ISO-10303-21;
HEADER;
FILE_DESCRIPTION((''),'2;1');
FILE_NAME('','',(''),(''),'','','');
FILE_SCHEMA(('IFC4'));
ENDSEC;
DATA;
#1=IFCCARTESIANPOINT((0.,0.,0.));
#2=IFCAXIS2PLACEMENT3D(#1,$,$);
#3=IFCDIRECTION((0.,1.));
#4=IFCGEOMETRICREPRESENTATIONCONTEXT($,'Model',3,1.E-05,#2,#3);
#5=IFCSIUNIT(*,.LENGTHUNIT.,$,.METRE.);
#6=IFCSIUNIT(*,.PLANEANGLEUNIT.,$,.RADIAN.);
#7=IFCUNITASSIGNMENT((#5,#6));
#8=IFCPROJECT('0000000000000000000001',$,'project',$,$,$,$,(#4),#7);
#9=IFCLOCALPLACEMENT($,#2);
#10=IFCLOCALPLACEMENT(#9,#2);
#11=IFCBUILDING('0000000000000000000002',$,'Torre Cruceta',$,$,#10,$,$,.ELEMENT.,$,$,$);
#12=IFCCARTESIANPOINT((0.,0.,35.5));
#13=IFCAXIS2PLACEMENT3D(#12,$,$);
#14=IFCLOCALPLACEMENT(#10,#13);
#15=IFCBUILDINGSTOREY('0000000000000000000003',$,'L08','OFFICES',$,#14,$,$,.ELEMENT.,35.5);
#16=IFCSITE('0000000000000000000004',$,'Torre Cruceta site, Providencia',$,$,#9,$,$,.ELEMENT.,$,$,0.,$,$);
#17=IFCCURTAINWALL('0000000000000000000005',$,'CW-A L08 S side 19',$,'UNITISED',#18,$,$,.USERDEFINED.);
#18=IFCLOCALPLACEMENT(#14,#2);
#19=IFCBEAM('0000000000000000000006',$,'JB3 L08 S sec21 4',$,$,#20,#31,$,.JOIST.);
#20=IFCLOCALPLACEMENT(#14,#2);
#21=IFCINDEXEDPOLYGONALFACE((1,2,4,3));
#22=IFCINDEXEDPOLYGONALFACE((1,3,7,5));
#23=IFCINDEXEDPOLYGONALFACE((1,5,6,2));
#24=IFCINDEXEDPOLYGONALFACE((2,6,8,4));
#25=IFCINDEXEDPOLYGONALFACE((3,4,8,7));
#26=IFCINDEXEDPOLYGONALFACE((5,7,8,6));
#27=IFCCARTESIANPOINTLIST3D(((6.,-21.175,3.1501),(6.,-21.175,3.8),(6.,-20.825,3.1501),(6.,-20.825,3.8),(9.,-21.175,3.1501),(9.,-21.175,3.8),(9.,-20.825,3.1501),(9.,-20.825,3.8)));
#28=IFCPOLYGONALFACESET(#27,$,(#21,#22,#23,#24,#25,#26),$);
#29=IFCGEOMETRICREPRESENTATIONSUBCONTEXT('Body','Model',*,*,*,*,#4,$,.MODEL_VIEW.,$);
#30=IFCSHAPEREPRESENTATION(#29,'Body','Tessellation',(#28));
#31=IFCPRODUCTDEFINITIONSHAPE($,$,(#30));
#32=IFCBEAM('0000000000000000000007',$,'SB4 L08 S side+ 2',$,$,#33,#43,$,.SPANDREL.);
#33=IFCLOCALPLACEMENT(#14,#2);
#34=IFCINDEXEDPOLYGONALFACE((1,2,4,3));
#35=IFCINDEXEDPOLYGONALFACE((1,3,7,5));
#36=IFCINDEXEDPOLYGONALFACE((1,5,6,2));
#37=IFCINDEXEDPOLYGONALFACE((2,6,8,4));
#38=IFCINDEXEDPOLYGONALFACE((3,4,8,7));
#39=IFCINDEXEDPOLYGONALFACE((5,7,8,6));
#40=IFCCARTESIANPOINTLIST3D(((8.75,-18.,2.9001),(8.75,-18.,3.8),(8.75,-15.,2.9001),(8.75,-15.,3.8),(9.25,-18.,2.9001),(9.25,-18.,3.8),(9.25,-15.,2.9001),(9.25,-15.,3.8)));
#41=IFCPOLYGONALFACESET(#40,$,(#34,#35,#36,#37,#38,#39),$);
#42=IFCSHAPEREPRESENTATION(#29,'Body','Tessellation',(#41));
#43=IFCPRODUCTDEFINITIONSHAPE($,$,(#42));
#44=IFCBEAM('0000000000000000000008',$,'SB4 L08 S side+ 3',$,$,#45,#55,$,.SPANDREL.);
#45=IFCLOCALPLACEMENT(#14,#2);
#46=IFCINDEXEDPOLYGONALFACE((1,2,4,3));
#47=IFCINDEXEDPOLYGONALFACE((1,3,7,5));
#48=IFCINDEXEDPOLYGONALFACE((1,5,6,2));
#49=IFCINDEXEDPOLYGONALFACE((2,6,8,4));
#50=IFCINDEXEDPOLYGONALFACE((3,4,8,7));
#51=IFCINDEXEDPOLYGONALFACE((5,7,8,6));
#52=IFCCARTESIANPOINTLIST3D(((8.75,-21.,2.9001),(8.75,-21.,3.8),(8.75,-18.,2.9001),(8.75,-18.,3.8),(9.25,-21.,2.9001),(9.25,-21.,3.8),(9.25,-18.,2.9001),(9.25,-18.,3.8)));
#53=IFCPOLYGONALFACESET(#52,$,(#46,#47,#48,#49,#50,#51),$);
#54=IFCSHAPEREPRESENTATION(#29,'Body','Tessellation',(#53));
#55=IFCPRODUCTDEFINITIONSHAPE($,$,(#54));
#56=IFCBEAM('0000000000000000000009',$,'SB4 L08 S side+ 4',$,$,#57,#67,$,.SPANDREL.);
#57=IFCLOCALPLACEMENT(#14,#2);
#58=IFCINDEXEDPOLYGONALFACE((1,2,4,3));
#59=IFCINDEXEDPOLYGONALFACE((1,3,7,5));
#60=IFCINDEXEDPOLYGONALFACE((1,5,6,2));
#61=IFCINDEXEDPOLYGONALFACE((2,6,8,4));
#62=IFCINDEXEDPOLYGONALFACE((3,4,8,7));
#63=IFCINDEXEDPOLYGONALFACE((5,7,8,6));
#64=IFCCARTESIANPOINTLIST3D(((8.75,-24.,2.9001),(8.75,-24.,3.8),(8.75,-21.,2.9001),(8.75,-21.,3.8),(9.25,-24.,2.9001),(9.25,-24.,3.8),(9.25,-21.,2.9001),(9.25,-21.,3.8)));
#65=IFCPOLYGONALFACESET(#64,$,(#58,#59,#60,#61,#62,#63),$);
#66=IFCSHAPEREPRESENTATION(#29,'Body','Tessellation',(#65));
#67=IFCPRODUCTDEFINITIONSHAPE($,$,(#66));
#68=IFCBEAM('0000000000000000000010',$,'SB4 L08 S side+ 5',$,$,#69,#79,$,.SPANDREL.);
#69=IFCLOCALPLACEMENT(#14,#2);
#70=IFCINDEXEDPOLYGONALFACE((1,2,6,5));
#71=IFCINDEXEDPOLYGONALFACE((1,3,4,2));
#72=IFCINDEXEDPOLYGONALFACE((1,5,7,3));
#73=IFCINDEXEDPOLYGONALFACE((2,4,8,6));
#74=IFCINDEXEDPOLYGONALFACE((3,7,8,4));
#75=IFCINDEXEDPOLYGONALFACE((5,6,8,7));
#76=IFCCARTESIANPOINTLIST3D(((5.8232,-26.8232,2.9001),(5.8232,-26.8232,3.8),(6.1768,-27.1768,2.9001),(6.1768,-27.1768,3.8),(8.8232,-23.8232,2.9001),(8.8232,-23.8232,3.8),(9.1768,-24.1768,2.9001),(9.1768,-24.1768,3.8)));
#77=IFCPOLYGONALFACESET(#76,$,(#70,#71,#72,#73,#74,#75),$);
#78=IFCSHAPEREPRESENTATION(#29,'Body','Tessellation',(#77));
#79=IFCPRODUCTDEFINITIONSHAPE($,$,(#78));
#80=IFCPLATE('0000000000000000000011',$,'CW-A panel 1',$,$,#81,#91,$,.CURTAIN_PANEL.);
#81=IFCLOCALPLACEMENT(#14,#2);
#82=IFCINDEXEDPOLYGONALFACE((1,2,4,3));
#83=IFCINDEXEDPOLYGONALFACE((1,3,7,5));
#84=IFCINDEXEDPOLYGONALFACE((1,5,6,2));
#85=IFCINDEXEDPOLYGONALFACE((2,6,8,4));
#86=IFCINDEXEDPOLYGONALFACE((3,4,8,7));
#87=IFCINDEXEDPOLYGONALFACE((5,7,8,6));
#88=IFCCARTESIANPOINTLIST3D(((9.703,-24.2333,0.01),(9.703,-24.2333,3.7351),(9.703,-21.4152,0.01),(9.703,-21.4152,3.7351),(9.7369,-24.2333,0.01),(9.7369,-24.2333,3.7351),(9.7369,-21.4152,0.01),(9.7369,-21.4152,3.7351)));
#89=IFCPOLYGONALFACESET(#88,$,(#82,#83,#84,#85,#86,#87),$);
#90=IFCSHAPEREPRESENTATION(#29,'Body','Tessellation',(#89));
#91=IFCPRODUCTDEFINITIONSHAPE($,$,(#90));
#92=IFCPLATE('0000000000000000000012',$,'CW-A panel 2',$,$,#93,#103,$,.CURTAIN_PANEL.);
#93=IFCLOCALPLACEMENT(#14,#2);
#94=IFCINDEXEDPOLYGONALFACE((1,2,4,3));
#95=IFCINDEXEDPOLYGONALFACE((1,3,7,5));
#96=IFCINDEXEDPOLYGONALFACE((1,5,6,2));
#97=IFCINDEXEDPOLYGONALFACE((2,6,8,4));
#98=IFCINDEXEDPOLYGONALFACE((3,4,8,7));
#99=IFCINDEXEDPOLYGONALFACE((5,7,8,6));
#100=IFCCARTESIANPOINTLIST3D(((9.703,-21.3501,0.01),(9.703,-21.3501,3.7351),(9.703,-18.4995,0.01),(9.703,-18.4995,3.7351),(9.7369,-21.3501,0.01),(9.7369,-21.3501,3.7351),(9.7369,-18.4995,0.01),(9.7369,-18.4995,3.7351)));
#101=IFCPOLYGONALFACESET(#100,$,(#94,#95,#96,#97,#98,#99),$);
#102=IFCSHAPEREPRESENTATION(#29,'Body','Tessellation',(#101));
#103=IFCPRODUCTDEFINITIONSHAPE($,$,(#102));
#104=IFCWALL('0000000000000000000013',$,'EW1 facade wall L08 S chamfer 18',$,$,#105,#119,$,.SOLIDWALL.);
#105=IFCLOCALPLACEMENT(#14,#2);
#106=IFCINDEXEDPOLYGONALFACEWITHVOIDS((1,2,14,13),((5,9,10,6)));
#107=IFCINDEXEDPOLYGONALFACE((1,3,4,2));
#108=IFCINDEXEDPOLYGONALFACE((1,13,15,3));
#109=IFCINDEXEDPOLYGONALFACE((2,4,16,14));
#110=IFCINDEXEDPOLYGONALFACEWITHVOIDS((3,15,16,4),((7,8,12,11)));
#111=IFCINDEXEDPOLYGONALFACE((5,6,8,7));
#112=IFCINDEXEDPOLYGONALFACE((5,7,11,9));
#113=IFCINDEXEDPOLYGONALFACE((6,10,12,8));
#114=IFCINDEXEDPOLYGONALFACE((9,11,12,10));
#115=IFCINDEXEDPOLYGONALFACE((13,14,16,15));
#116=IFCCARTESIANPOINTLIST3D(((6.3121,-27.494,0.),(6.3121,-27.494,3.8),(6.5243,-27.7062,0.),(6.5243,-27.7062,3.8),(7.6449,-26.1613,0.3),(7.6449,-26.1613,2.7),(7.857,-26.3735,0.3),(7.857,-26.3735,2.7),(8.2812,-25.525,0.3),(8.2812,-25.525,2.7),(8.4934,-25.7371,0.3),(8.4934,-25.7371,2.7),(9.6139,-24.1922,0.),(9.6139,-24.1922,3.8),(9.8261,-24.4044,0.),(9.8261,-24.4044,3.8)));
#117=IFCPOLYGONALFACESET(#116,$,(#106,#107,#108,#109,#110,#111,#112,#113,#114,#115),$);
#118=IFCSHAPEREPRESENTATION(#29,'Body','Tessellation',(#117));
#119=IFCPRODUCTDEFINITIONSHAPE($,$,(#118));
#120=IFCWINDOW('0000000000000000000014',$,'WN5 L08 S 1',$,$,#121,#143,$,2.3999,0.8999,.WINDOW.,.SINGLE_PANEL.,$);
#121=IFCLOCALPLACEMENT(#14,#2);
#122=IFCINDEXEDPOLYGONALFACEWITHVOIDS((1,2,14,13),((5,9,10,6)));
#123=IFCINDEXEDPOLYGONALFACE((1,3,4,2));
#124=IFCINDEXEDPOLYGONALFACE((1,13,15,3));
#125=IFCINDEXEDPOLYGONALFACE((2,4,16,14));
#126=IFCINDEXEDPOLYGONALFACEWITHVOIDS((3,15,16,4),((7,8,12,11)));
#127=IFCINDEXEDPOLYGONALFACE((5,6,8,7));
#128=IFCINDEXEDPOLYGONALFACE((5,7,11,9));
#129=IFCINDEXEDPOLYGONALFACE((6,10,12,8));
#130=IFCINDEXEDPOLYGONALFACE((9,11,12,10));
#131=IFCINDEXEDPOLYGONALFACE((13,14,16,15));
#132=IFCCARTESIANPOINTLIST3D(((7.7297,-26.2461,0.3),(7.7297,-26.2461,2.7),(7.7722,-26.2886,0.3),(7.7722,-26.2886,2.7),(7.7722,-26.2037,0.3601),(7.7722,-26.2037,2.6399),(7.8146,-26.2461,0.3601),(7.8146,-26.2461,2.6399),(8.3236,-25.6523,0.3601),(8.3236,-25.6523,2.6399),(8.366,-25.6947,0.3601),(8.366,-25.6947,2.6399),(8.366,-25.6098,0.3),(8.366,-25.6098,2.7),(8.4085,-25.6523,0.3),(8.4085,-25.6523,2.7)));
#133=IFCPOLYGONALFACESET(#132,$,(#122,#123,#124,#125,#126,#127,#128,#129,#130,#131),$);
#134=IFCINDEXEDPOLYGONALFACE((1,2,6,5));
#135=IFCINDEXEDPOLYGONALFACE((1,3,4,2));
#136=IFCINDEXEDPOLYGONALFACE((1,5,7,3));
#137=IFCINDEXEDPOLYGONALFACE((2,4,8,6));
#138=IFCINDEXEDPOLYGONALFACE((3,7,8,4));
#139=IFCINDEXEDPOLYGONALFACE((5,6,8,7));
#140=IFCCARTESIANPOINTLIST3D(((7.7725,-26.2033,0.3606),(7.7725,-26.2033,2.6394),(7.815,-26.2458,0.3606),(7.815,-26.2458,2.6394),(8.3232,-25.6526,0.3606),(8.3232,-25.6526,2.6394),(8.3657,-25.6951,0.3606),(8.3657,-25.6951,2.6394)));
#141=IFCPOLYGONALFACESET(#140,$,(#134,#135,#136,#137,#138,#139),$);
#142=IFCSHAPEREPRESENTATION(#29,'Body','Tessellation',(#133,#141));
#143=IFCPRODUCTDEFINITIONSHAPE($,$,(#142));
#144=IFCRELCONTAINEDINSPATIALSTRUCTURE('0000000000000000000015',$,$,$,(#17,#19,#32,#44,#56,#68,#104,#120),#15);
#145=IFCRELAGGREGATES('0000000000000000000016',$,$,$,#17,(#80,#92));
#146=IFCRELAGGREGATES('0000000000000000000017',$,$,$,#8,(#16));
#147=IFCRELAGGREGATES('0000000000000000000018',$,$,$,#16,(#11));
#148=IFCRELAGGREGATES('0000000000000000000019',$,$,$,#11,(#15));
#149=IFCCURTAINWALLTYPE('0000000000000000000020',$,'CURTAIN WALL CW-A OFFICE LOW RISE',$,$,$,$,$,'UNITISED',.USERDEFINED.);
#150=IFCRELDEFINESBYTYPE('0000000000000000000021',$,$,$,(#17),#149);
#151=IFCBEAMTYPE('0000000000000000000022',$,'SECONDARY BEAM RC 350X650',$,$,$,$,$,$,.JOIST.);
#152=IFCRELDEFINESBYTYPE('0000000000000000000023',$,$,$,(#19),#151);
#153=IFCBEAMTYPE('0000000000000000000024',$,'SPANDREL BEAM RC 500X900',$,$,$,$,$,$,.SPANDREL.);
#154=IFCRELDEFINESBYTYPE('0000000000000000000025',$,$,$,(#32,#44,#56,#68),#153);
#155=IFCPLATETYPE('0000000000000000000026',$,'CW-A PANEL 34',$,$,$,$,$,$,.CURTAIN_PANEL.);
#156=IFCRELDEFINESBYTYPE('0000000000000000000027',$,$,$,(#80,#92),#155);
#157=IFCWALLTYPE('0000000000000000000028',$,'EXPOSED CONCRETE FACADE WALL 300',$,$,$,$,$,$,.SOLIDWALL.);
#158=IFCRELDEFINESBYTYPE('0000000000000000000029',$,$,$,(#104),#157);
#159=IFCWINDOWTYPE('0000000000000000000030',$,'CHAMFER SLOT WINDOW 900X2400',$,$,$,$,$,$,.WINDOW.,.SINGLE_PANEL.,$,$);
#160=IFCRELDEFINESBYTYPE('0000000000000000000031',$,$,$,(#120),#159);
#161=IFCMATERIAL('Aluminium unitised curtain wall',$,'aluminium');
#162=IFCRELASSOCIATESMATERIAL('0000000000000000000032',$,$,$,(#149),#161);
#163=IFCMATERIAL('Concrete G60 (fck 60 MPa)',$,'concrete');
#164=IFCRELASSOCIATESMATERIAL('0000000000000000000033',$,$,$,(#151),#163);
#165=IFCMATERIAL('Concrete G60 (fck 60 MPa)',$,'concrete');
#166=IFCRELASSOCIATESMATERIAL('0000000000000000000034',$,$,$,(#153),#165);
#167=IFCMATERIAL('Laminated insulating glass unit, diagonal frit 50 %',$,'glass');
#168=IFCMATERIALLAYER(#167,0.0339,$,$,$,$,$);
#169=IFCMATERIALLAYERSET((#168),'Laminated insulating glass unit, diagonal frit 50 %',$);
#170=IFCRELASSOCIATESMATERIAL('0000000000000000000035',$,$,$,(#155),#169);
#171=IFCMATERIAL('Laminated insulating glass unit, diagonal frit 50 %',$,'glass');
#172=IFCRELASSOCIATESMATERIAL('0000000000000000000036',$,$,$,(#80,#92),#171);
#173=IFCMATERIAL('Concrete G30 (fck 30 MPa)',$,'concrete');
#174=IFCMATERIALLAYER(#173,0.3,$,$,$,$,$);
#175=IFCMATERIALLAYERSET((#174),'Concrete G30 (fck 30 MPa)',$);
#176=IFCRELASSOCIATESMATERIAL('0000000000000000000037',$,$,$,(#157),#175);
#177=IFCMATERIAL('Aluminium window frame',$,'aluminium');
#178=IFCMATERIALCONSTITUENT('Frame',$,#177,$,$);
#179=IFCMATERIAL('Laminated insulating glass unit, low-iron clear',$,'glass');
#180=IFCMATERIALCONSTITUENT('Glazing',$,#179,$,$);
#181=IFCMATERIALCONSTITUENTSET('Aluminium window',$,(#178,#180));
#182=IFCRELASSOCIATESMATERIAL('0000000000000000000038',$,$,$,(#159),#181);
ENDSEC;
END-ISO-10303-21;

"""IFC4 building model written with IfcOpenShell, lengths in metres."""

from ifc_helpers import new_model, si_unit, direction, frame, frame_2d, origin, origin_2d, place, context, subcontext, project, spatial, rectangle, hollow_rectangle, extrude, material, layer, layer_set, constituent, constituent_set, material_profile, profile_set, type_object, element, fill, aggregate, save


model = new_model("IFC4")

# Units and contexts
model_context = context("Model", 3, precision=1e-05, world=origin(), true_north=direction((0.0, 1.0)))
body_context = subcontext(model_context, "Body", "Model", "MODEL_VIEW")
ifc_project = project(units=[si_unit("LENGTHUNIT", "METRE"), si_unit("PLANEANGLEUNIT", "RADIAN")], contexts=[model_context])

# Site, building, storey
site_placement = place(None, origin())
site = spatial("IfcSite", under=ifc_project, at=site_placement, Name="Torre Cruceta site, Providencia", CompositionType="ELEMENT", RefElevation=0.0)
building_placement = place(site_placement, origin())
building = spatial("IfcBuilding", under=site, at=building_placement, Name="Torre Cruceta", CompositionType="ELEMENT")
storey_placement = place(building_placement, frame((0.0, 0.0, 35.5)))
storey = spatial("IfcBuildingStorey", under=building, at=storey_placement, Name="L08", Description="OFFICES", CompositionType="ELEMENT", Elevation=35.5)

# Curtain wall
ifc_material_1 = material(Name="Aluminium unitised curtain wall", Category="aluminium")
curtain_wall_type = type_object("IfcCurtainWallType", Name="CURTAIN WALL CW-A OFFICE LOW RISE", ElementType="UNITISED", PredefinedType="USERDEFINED", material=ifc_material_1)
curtain_wall_placement = place(storey_placement, origin())
curtain_wall = element("IfcCurtainWall", 1, at=curtain_wall_placement, inside=storey, type_object=curtain_wall_type, Name="CW-A L08 S side 19", ObjectType="UNITISED", PredefinedType="USERDEFINED")

# Beams
ifc_material_2 = material(Name="Concrete G60 (fck 60 MPa)", Category="concrete")
ifc_material_profile_1 = material_profile(ifc_material_2, rectangle(XDim=0.3501, YDim=0.6499, at=origin_2d()), Name="RC 350X650")
ifc_profile_set_1 = profile_set([ifc_material_profile_1], Name="Concrete G60 (fck 60 MPa)")
beam_type_1 = type_object("IfcBeamType", Name="SECONDARY BEAM RC 350X650", PredefinedType="JOIST", material=ifc_profile_set_1)
beam_1_placement = place(storey_placement, frame((6.0, -21.0, 3.4751), z_axis=(1.0, 0.0, 0.0), x_axis=(0.0, 1.0, 0.0)))
element("IfcBeam", 2, at=beam_1_placement, inside=storey, type_object=beam_type_1, Name="JB3 L08 S sec21 4", PredefinedType="JOIST", context=body_context, shape_type="SweptSolid", body=[
    extrude(rectangle(XDim=0.3501, YDim=0.6499, at=origin_2d()), origin(), (0.0, 0.0, 1.0), 3.0),
])
ifc_material_3 = material(Name="Concrete G60 (fck 60 MPa)", Category="concrete")
ifc_material_profile_2 = material_profile(ifc_material_3, rectangle(XDim=0.5, YDim=0.8999, at=origin_2d()), Name="RC 500X900")
ifc_profile_set_2 = profile_set([ifc_material_profile_2], Name="Concrete G60 (fck 60 MPa)")
beam_type_2 = type_object("IfcBeamType", Name="SPANDREL BEAM RC 500X900", PredefinedType="SPANDREL", material=ifc_profile_set_2)
for number, where, z_axis, x_axis, name in (
    (3, (9.0, -15.0, 3.3501), (0.0, -1.0, 0.0), (1.0, 0.0, 0.0), "SB4 L08 S side+ 2"),
    (4, (9.0, -18.0, 3.3501), (0.0, -1.0, 0.0), (1.0, 0.0, 0.0), "SB4 L08 S side+ 3"),
    (5, (9.0, -21.0, 3.3501), (0.0, -1.0, 0.0), (1.0, 0.0, 0.0), "SB4 L08 S side+ 4"),
):
    element("IfcBeam", number, at=place(storey_placement, frame(where, z_axis=z_axis, x_axis=x_axis)), inside=storey, type_object=beam_type_2, Name=name, PredefinedType="SPANDREL", context=body_context, shape_type="SweptSolid", body=[
        extrude(rectangle(XDim=0.5, YDim=0.8999, at=origin_2d()), origin(), (0.0, 0.0, 1.0), 3.0),
    ])
beam_2_placement = place(storey_placement, frame((9.0, -24.0, 3.3501), z_axis=(-0.707107, -0.707107, 0.0), x_axis=(0.707107, -0.707107, 0.0)))
element("IfcBeam", 6, at=beam_2_placement, inside=storey, type_object=beam_type_2, Name="SB4 L08 S side+ 5", PredefinedType="SPANDREL", context=body_context, shape_type="SweptSolid", body=[
    extrude(rectangle(XDim=0.5, YDim=0.8999, at=origin_2d()), origin(), (0.0, 0.0, 1.0), 4.2427),
])

# Plates
ifc_material_4 = material(Name="Laminated insulating glass unit, diagonal frit 50 %", Category="glass")
ifc_material_5 = material(Name="Laminated insulating glass unit, diagonal frit 50 %", Category="glass")
ifc_layer_1 = layer(ifc_material_5, 0.0339)
ifc_layer_set_1 = layer_set([ifc_layer_1], Name="Laminated insulating glass unit, diagonal frit 50 %")
plate_type = type_object("IfcPlateType", Name="CW-A PANEL 34", PredefinedType="CURTAIN_PANEL", material=ifc_layer_set_1)
plate_1_placement = place(storey_placement, frame((9.72, -22.8242, 0.01), z_axis=(0.0, 0.0, 1.0), x_axis=(0.0, 1.0, 0.0)))
plate_1 = element("IfcPlate", 7, at=plate_1_placement, type_object=plate_type, material=ifc_material_4, Name="CW-A panel 1", PredefinedType="CURTAIN_PANEL", context=body_context, shape_type="SweptSolid", body=[
    extrude(rectangle(XDim=2.8181, YDim=0.0339, at=origin_2d()), origin(), (0.0, 0.0, 1.0), 3.7251),
])
plate_2_placement = place(storey_placement, frame((9.72, -19.9248, 0.01), z_axis=(0.0, 0.0, 1.0), x_axis=(0.0, 1.0, 0.0)))
plate_2 = element("IfcPlate", 8, at=plate_2_placement, type_object=plate_type, material=ifc_material_4, Name="CW-A panel 2", PredefinedType="CURTAIN_PANEL", context=body_context, shape_type="SweptSolid", body=[
    extrude(rectangle(XDim=2.8506, YDim=0.0339, at=origin_2d()), origin(), (0.0, 0.0, 1.0), 3.7251),
])
aggregate(curtain_wall, [plate_1, plate_2])

# Wall, opening, window
ifc_material_6 = material(Name="Concrete G30 (fck 30 MPa)", Category="concrete")
ifc_layer_2 = layer(ifc_material_6, 0.3)
ifc_layer_set_2 = layer_set([ifc_layer_2], Name="Concrete G30 (fck 30 MPa)")
wall_type_1 = type_object("IfcWallType", Name="EXPOSED CONCRETE FACADE WALL 300", PredefinedType="SOLIDWALL", material=ifc_layer_set_2)
wall_1_placement = place(storey_placement, frame((6.4182, -27.6001, 0.0), z_axis=(0.0, 0.0, 1.0), x_axis=(0.707107, 0.707107, 0.0)))
wall_1 = element("IfcWall", 9, at=wall_1_placement, inside=storey, type_object=wall_type_1, Name="EW1 facade wall L08 S chamfer 18", PredefinedType="SOLIDWALL", context=body_context, shape_type="SweptSolid", body=[
    extrude(rectangle(XDim=4.6694, YDim=0.3, at=frame_2d((2.3347, 0.0))), origin(), (0.0, 0.0, 1.0), 3.8),
])
opening_1_placement = place(wall_1_placement, frame((1.8848, 0.0, 0.3)))
opening_1 = element("IfcOpeningElement", 10, at=opening_1_placement, cuts=wall_1, PredefinedType="OPENING", context=body_context, shape_type="SweptSolid", body=[
    extrude(rectangle(XDim=0.8999, YDim=2.3999, at=frame_2d((0.45, 1.2))), frame((0.0, 0.1599, 0.0), z_axis=(0.0, -1.0, 0.0), x_axis=(1.0, 0.0, 0.0)), (0.0, 0.0, 1.0), 0.3201),
])
ifc_material_7 = material(Name="Aluminium window frame", Category="aluminium")
ifc_constituent_1 = constituent(ifc_material_7, Name="Frame")
ifc_material_8 = material(Name="Laminated insulating glass unit, low-iron clear", Category="glass")
ifc_constituent_2 = constituent(ifc_material_8, Name="Glazing")
ifc_constituent_set_1 = constituent_set(constituents=[ifc_constituent_1, ifc_constituent_2], Name="Aluminium window")
window_type = type_object("IfcWindowType", Name="CHAMFER SLOT WINDOW 900X2400", PartitioningType="SINGLE_PANEL", PredefinedType="WINDOW", material=ifc_constituent_set_1)
window_placement = place(opening_1_placement, origin())
window = element("IfcWindow", 11, at=window_placement, inside=storey, type_object=window_type, Name="WN5 L08 S 1", OverallHeight=2.3999, OverallWidth=0.8999, PartitioningType="SINGLE_PANEL", PredefinedType="WINDOW", context=body_context, shape_type="SweptSolid", body=[
    extrude(hollow_rectangle(XDim=0.8999, YDim=2.3999, WallThickness=0.0601, at=frame_2d((0.45, 1.2))), frame((0.0, 0.03, 0.0), z_axis=(0.0, -1.0, 0.0), x_axis=(1.0, 0.0, 0.0)), (0.0, 0.0, 1.0), 0.0601),
    extrude(rectangle(XDim=0.7788, YDim=2.2788, at=frame_2d((0.45, 1.2))), frame((0.0, 0.03, 0.0), z_axis=(0.0, -1.0, 0.0), x_axis=(1.0, 0.0, 0.0)), (0.0, 0.0, 1.0), 0.0601),
])
fill(opening_1, window)

save(model, "model.ifc")
